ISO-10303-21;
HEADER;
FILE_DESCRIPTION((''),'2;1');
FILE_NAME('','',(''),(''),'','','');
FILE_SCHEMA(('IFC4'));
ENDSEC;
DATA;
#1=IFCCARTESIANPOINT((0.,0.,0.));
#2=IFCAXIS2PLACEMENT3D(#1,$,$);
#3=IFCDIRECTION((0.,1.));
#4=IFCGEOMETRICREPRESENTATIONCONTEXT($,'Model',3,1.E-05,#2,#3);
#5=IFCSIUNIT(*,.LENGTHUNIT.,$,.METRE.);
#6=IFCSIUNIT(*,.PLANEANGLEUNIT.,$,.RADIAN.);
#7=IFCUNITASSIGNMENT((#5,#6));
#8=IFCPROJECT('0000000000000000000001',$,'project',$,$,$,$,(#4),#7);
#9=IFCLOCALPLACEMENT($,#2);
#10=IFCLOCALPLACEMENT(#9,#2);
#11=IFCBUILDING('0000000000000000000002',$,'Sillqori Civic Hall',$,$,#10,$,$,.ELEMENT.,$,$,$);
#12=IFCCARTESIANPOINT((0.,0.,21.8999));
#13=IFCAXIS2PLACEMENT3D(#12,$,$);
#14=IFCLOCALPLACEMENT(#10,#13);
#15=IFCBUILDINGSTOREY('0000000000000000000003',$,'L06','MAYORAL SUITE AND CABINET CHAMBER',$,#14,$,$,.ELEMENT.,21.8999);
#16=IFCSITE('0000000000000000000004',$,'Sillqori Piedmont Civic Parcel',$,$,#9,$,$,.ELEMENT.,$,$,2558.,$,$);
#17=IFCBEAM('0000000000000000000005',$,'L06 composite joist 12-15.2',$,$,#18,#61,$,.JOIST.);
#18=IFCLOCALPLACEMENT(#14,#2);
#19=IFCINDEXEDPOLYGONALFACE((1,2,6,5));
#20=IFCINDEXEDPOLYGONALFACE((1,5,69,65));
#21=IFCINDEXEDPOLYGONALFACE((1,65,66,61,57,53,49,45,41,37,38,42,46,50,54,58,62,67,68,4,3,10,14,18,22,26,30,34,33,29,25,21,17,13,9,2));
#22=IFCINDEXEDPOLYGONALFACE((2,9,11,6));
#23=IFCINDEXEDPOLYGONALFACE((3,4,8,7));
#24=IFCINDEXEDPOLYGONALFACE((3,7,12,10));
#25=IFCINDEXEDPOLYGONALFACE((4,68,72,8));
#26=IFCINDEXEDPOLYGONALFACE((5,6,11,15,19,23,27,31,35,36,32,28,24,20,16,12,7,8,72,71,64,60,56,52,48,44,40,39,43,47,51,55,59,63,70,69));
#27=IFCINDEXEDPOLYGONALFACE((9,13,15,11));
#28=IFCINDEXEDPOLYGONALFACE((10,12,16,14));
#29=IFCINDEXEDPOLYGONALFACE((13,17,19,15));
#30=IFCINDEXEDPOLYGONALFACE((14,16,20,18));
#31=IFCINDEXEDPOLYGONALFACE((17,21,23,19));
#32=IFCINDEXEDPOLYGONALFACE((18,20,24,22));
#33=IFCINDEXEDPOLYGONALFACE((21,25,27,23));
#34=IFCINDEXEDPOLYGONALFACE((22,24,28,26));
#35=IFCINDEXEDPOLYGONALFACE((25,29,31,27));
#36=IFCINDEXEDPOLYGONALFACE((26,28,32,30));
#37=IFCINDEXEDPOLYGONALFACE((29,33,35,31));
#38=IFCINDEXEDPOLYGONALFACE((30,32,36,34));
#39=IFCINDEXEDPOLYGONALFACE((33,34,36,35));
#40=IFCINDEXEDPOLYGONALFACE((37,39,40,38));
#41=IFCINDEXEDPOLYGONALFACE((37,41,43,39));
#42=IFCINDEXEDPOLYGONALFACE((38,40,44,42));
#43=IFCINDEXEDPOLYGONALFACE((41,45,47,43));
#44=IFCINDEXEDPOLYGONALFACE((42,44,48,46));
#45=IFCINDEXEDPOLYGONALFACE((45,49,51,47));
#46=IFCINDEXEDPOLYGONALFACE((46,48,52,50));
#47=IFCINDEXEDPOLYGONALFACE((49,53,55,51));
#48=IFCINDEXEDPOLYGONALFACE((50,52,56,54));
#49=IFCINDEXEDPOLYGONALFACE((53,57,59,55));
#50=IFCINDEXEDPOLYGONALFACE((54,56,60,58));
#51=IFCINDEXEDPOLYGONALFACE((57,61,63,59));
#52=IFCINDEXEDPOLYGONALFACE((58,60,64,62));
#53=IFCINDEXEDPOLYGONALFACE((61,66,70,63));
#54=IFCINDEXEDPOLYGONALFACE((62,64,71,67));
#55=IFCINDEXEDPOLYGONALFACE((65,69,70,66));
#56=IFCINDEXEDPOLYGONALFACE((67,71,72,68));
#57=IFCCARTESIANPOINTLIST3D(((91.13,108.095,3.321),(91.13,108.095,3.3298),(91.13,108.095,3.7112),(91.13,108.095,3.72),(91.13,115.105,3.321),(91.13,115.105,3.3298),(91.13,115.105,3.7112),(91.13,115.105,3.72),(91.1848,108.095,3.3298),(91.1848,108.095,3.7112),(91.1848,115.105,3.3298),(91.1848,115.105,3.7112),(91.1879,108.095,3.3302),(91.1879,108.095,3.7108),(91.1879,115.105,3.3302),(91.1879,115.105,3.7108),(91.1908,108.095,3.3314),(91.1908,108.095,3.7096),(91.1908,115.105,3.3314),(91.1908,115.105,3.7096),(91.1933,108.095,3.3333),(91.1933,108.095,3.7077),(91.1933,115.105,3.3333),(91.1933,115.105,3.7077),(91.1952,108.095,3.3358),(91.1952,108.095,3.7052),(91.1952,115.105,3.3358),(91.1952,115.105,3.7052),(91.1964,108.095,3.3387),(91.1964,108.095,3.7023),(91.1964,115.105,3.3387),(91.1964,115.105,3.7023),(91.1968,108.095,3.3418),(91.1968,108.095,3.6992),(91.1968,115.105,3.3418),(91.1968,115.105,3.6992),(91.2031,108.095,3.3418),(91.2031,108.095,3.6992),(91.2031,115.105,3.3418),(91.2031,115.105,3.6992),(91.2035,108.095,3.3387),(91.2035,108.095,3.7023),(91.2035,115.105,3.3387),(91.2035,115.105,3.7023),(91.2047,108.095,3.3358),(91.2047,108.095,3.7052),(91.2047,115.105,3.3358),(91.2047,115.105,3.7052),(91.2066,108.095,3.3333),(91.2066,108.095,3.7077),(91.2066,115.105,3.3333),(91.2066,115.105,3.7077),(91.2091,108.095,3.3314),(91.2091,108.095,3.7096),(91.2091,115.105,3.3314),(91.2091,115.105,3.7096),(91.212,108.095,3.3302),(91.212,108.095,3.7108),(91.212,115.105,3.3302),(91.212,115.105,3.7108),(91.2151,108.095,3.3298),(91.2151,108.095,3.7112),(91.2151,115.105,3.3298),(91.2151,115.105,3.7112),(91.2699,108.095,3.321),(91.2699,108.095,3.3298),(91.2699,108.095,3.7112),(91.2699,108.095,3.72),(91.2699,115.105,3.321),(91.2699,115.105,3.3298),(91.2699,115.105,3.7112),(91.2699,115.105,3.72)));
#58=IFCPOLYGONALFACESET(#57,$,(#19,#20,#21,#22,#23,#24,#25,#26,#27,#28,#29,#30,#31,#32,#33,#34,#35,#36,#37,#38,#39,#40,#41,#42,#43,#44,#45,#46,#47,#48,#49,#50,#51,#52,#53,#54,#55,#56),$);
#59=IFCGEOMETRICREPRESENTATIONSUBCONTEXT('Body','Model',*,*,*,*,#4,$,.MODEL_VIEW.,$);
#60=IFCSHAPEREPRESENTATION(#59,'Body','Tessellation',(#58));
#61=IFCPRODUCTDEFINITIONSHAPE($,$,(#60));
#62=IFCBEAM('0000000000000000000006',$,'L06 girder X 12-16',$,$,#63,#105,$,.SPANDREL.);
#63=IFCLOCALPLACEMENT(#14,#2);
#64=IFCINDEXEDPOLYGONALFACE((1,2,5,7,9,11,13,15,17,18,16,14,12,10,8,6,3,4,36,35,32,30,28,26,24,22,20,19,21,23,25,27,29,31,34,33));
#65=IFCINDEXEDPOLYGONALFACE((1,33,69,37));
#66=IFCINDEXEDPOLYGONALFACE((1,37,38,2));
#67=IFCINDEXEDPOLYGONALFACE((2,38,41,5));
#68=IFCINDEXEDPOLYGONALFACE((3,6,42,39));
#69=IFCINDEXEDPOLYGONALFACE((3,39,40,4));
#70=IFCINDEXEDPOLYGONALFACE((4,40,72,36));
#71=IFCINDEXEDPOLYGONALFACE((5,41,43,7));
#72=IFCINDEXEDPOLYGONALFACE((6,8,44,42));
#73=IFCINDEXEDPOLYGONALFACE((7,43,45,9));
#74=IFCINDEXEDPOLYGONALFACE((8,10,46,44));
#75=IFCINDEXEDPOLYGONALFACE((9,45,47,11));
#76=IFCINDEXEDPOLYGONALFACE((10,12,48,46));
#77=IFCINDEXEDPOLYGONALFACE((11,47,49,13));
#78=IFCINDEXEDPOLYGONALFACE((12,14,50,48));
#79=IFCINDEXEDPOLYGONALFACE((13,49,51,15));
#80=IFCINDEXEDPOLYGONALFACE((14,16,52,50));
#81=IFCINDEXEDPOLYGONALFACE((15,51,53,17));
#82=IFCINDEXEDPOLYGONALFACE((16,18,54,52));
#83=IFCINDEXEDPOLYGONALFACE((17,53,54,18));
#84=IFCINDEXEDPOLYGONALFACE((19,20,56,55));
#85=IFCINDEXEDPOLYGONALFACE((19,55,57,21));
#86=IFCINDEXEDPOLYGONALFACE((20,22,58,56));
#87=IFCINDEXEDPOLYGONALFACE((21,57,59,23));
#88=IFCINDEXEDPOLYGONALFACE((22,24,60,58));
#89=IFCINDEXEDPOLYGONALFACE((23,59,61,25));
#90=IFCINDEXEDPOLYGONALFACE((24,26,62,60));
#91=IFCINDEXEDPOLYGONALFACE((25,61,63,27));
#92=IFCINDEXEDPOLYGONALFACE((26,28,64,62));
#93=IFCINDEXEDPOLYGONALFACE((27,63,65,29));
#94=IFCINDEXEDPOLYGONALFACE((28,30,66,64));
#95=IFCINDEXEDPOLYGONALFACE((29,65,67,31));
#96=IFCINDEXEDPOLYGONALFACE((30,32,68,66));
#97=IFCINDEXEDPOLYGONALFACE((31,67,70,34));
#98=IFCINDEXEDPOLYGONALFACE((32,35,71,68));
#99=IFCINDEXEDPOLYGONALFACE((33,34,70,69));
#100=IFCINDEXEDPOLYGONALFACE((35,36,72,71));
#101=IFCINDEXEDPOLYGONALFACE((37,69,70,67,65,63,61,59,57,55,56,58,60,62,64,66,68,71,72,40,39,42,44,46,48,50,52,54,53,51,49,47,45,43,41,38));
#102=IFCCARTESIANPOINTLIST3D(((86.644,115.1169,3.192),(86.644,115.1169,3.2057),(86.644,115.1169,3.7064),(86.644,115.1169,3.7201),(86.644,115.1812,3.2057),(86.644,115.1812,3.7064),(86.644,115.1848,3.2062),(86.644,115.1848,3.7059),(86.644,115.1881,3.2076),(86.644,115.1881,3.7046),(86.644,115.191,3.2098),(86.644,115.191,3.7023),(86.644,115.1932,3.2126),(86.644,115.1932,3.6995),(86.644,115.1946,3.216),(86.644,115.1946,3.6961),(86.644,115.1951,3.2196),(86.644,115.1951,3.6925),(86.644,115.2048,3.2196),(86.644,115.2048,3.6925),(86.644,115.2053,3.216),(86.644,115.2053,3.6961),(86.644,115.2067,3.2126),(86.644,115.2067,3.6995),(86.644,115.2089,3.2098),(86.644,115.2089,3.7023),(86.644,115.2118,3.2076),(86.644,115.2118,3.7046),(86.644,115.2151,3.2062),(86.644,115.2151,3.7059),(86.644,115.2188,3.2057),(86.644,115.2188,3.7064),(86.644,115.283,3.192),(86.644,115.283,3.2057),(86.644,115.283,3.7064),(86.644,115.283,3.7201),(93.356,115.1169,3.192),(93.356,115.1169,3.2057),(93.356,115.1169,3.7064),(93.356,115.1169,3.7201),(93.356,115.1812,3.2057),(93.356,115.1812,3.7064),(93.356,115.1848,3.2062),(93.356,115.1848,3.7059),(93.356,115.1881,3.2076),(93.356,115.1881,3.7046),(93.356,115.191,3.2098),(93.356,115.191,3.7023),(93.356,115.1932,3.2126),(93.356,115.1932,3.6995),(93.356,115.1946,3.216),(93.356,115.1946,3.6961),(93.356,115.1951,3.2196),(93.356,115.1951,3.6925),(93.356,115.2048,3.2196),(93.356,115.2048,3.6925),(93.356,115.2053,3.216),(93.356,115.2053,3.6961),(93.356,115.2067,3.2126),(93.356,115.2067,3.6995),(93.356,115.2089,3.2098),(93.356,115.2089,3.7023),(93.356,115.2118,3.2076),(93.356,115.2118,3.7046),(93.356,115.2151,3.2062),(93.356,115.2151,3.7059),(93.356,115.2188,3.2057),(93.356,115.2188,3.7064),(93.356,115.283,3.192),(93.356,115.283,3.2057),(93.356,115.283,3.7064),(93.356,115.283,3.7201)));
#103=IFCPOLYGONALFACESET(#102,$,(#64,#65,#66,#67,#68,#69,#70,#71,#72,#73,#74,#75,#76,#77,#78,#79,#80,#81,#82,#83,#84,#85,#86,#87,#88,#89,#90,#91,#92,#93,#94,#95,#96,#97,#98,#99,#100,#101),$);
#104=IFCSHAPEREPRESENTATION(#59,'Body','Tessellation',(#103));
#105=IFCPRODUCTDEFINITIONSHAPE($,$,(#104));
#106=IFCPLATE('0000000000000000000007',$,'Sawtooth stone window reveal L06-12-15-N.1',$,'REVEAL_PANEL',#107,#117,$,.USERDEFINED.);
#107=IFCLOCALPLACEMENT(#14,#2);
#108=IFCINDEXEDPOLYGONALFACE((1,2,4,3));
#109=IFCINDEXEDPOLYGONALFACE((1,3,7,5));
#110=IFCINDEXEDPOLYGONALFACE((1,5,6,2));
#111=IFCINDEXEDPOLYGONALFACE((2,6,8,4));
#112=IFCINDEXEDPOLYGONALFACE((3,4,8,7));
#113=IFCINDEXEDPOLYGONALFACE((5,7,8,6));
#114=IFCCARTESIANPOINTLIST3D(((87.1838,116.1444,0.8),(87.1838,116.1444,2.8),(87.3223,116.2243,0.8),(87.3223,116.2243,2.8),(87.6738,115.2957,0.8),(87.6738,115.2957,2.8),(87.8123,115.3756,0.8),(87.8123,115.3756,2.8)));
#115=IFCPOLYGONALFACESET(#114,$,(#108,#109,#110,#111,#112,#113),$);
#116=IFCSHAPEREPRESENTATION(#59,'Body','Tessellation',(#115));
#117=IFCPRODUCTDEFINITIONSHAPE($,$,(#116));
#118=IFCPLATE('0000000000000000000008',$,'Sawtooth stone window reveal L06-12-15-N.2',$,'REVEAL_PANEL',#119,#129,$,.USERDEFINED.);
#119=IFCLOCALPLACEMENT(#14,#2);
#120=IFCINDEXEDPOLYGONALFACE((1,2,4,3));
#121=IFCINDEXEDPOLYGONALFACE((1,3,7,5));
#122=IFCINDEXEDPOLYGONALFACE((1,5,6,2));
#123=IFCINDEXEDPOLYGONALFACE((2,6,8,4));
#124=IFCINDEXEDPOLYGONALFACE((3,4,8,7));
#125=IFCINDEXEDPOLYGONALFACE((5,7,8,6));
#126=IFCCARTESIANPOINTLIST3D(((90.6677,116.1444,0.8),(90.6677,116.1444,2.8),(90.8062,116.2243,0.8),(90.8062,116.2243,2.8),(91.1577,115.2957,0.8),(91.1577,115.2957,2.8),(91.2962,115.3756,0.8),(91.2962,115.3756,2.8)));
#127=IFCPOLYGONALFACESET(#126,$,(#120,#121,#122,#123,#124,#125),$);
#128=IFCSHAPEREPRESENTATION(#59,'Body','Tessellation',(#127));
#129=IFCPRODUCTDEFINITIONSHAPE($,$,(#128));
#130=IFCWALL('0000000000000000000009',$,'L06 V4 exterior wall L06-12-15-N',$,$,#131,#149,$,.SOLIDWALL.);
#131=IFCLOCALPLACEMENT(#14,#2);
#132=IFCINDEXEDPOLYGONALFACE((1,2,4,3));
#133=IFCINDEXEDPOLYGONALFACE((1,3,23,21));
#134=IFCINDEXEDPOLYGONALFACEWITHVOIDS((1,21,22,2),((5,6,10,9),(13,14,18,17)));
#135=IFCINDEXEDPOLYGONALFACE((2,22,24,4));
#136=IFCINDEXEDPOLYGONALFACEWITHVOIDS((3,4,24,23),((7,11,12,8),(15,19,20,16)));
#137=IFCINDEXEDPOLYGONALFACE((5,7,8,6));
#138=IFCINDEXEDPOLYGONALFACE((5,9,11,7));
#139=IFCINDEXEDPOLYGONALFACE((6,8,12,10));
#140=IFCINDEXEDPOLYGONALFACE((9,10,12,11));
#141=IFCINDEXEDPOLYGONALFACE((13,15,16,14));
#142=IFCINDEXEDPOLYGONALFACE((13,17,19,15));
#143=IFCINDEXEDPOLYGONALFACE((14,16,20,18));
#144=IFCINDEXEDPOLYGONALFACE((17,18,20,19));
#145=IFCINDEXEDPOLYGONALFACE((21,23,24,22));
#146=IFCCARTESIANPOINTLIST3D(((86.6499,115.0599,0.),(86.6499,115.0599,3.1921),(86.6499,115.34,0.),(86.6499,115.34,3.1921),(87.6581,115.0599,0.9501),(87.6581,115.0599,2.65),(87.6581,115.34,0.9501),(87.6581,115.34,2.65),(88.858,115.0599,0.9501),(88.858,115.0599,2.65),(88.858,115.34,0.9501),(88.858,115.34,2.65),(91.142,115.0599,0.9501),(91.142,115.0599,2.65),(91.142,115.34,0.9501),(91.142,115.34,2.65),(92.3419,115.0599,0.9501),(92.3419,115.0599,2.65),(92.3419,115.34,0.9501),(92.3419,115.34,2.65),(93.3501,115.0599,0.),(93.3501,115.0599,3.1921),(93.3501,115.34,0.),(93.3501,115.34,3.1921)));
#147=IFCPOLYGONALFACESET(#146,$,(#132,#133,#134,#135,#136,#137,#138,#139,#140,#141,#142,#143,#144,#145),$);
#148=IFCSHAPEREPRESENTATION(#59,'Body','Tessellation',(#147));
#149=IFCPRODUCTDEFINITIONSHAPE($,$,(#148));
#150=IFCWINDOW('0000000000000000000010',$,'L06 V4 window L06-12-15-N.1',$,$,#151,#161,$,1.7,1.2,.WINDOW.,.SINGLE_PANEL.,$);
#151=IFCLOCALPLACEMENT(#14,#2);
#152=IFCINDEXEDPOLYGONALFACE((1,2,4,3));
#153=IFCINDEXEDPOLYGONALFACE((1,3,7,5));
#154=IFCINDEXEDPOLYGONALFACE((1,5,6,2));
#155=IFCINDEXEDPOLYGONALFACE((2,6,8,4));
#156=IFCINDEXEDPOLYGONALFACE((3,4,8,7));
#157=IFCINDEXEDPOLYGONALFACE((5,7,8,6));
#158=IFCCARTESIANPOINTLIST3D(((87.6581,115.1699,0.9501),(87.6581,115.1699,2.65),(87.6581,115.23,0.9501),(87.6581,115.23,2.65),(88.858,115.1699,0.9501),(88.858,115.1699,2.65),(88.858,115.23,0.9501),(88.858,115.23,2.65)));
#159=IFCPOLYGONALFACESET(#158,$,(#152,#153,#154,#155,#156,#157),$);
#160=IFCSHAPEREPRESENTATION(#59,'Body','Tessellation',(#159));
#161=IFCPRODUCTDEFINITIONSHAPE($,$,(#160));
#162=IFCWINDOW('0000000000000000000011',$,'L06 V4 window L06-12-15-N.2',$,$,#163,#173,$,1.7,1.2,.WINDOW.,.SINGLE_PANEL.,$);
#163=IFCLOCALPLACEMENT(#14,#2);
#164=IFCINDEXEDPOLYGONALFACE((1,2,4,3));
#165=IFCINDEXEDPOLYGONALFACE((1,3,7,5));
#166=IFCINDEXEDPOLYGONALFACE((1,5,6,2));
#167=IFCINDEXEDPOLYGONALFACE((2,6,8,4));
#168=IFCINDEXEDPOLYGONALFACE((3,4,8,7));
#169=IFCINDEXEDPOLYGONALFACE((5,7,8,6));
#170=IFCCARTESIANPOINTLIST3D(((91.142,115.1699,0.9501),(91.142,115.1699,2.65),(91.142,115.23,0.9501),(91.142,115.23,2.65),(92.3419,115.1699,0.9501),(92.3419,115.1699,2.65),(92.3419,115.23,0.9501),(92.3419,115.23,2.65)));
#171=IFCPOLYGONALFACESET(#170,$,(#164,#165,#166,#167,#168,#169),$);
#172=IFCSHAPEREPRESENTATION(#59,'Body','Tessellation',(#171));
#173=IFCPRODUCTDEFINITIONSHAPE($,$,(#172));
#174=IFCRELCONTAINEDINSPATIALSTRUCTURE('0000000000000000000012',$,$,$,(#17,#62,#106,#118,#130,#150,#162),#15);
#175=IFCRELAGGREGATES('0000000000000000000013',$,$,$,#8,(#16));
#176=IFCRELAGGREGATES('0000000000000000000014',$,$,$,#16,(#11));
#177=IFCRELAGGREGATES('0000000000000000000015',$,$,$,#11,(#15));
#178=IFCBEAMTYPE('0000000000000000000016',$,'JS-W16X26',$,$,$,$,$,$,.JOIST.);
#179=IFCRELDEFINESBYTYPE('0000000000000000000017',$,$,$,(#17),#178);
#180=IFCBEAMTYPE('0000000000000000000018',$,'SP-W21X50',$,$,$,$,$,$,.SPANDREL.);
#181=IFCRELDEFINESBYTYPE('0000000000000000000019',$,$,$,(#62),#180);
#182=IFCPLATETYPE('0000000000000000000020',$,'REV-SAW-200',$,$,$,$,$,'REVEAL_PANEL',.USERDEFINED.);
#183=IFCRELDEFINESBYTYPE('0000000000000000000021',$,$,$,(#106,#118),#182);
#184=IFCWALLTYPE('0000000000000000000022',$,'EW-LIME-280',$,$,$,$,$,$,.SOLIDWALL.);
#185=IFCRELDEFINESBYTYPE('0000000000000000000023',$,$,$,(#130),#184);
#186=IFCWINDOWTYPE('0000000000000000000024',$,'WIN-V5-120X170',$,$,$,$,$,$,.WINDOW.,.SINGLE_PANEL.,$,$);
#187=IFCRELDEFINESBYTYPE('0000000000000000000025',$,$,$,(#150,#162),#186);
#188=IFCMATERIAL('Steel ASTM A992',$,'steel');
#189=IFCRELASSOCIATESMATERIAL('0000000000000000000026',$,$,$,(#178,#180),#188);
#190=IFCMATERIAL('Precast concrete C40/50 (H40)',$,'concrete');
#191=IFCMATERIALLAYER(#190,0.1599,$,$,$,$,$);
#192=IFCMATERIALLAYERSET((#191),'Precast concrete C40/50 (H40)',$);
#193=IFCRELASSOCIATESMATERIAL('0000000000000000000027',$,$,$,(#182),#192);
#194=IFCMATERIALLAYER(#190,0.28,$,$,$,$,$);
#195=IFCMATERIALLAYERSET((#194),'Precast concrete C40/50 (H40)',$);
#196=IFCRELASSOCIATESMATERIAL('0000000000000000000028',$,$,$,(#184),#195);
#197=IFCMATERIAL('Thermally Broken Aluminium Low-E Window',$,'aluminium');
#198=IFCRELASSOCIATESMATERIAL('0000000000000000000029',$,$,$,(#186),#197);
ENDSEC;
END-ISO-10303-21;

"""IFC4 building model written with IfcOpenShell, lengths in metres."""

from ifc_helpers import new_model, si_unit, direction, frame, frame_2d, origin, origin_2d, place, context, subcontext, project, spatial, rectangle, i_section, extrude, material, layer, layer_set, material_profile, profile_set, type_object, element, fill, save


model = new_model("IFC4")

# Units and contexts
model_context = context("Model", 3, precision=1e-05, world=origin(), true_north=direction((0.0, 1.0)))
body_context = subcontext(model_context, "Body", "Model", "MODEL_VIEW")
ifc_project = project(units=[si_unit("LENGTHUNIT", "METRE"), si_unit("PLANEANGLEUNIT", "RADIAN")], contexts=[model_context])

# Site, building, storey
site_placement = place(None, origin())
site = spatial("IfcSite", under=ifc_project, at=site_placement, Name="Sillqori Piedmont Civic Parcel", CompositionType="ELEMENT", RefElevation=2558.0)
building_placement = place(site_placement, origin())
building = spatial("IfcBuilding", under=site, at=building_placement, Name="Sillqori Civic Hall", CompositionType="ELEMENT")
storey_placement = place(building_placement, frame((0.0, 0.0, 21.8999)))
storey = spatial("IfcBuildingStorey", under=building, at=storey_placement, Name="L06", Description="MAYORAL SUITE AND CABINET CHAMBER", CompositionType="ELEMENT", Elevation=21.8999)

# Beams
ifc_material_1 = material(Name="Steel ASTM A992", Category="steel")
ifc_material_profile_1 = material_profile(ifc_material_1, i_section(OverallWidth=0.1399, OverallDepth=0.3989, WebThickness=0.0063, FlangeThickness=0.0088, FilletRadius=0.012, at=origin_2d()), Name="W16X26")
ifc_profile_set_1 = profile_set([ifc_material_profile_1], Name="Steel ASTM A992")
beam_type_1 = type_object("IfcBeamType", Name="JS-W16X26", PredefinedType="JOIST", material=ifc_profile_set_1)
for number, where, z_axis, x_axis, name in (
    (1, (91.2, 108.095, 3.5205), (0.0, 1.0, 0.0), (-1.0, 0.0, 0.0), "L06 composite joist 12-15.2"),
):
    element("IfcBeam", number, at=place(storey_placement, frame(where, z_axis=z_axis, x_axis=x_axis)), inside=storey, type_object=beam_type_1, Name=name, PredefinedType="JOIST", context=body_context, shape_type="SweptSolid", body=[
        extrude(i_section(OverallWidth=0.1399, OverallDepth=0.3989, WebThickness=0.0063, FlangeThickness=0.0088, FilletRadius=0.012, at=origin_2d()), origin(), (0.0, 0.0, 1.0), 7.01),
    ])
ifc_material_profile_2 = material_profile(ifc_material_1, i_section(OverallWidth=0.166, OverallDepth=0.5281, WebThickness=0.0098, FlangeThickness=0.0137, FilletRadius=0.0139, at=origin_2d()), Name="W21X50")
ifc_profile_set_2 = profile_set([ifc_material_profile_2], Name="Steel ASTM A992")
beam_type_2 = type_object("IfcBeamType", Name="SP-W21X50", PredefinedType="SPANDREL", material=ifc_profile_set_2)
beam_1_placement = place(storey_placement, frame((86.644, 115.2, 3.4561), z_axis=(1.0, 0.0, 0.0), x_axis=(0.0, 1.0, 0.0)))
element("IfcBeam", 2, at=beam_1_placement, inside=storey, type_object=beam_type_2, Name="L06 girder X 12-16", PredefinedType="SPANDREL", context=body_context, shape_type="SweptSolid", body=[
    extrude(i_section(OverallWidth=0.166, OverallDepth=0.5281, WebThickness=0.0098, FlangeThickness=0.0137, FilletRadius=0.0139, at=origin_2d()), origin(), (0.0, 0.0, 1.0), 6.7119),
])

# Plates
ifc_material_2 = material(Name="Precast concrete C40/50 (H40)", Category="concrete")
ifc_layer_1 = layer(ifc_material_2, 0.1599)
ifc_layer_set_1 = layer_set([ifc_layer_1], Name="Precast concrete C40/50 (H40)")
plate_type = type_object("IfcPlateType", Name="REV-SAW-200", ElementType="REVEAL_PANEL", PredefinedType="USERDEFINED", material=ifc_layer_set_1)
for number, where, z_axis, x_axis, name in (
    (3, (87.498, 115.76, 0.8), (0.0, 0.0, 1.0), (0.866025, 0.5, 0.0), "Sawtooth stone window reveal L06-12-15-N.1"),
    (4, (90.9819, 115.76, 0.8), (0.0, 0.0, 1.0), (0.866025, 0.5, 0.0), "Sawtooth stone window reveal L06-12-15-N.2"),
):
    element("IfcPlate", number, at=place(storey_placement, frame(where, z_axis=z_axis, x_axis=x_axis)), inside=storey, type_object=plate_type, Name=name, ObjectType="REVEAL_PANEL", PredefinedType="USERDEFINED", context=body_context, shape_type="SweptSolid", body=[
        extrude(rectangle(XDim=0.1599, YDim=0.98, at=origin_2d()), origin(), (0.0, 0.0, 1.0), 2.0),
    ])

# Wall, openings, windows
ifc_layer_2 = layer(ifc_material_2, 0.28)
ifc_layer_set_2 = layer_set([ifc_layer_2], Name="Precast concrete C40/50 (H40)")
wall_type = type_object("IfcWallType", Name="EW-LIME-280", PredefinedType="SOLIDWALL", material=ifc_layer_set_2)
wall_placement = place(storey_placement, frame((86.6499, 115.2, 0.0), z_axis=(0.0, 0.0, 1.0), x_axis=(1.0, 0.0, 0.0)))
wall = element("IfcWall", 5, at=wall_placement, inside=storey, type_object=wall_type, Name="L06 V4 exterior wall L06-12-15-N", PredefinedType="SOLIDWALL", context=body_context, shape_type="SweptSolid", body=[
    extrude(rectangle(XDim=6.7002, YDim=0.28, at=frame_2d((3.3501, 0.0))), origin(), (0.0, 0.0, 1.0), 3.1921),
])
opening_1_placement = place(wall_placement, frame((1.0081, 0.0, 0.95)))
opening_1 = element("IfcOpeningElement", 6, at=opening_1_placement, cuts=wall, PredefinedType="OPENING", context=body_context, shape_type="SweptSolid", body=[
    extrude(rectangle(XDim=1.2, YDim=1.7, at=frame_2d((0.6001, 0.8501))), frame((0.0, 0.1499, 0.0), z_axis=(0.0, -1.0, 0.0), x_axis=(1.0, 0.0, 0.0)), (0.0, 0.0, 1.0), 0.3),
])
opening_2_placement = place(wall_placement, frame((4.4919, 0.0, 0.95)))
opening_2 = element("IfcOpeningElement", 7, at=opening_2_placement, cuts=wall, PredefinedType="OPENING", context=body_context, shape_type="SweptSolid", body=[
    extrude(rectangle(XDim=1.2, YDim=1.7, at=frame_2d((0.6001, 0.8501))), frame((0.0, 0.1499, 0.0), z_axis=(0.0, -1.0, 0.0), x_axis=(1.0, 0.0, 0.0)), (0.0, 0.0, 1.0), 0.3),
])
ifc_material_3 = material(Name="Thermally Broken Aluminium Low-E Window", Category="aluminium")
window_type = type_object("IfcWindowType", Name="WIN-V5-120X170", PartitioningType="SINGLE_PANEL", PredefinedType="WINDOW", material=ifc_material_3)
window_1_placement = place(opening_1_placement, origin())
window_1 = element("IfcWindow", 8, at=window_1_placement, inside=storey, type_object=window_type, Name="L06 V4 window L06-12-15-N.1", OverallHeight=1.7, OverallWidth=1.2, PartitioningType="SINGLE_PANEL", PredefinedType="WINDOW", context=body_context, shape_type="SweptSolid", body=[
    extrude(rectangle(XDim=1.2, YDim=1.7, at=frame_2d((0.6001, 0.8501))), frame((0.0, 0.03, 0.0), z_axis=(0.0, -1.0, 0.0), x_axis=(1.0, 0.0, 0.0)), (0.0, 0.0, 1.0), 0.0601),
])
fill(opening_1, window_1)
window_2_placement = place(opening_2_placement, origin())
window_2 = element("IfcWindow", 9, at=window_2_placement, inside=storey, type_object=window_type, Name="L06 V4 window L06-12-15-N.2", OverallHeight=1.7, OverallWidth=1.2, PartitioningType="SINGLE_PANEL", PredefinedType="WINDOW", context=body_context, shape_type="SweptSolid", body=[
    extrude(rectangle(XDim=1.2, YDim=1.7, at=frame_2d((0.6001, 0.8501))), frame((0.0, 0.03, 0.0), z_axis=(0.0, -1.0, 0.0), x_axis=(1.0, 0.0, 0.0)), (0.0, 0.0, 1.0), 0.0601),
])
fill(opening_2, window_2)

save(model, "model.ifc")
